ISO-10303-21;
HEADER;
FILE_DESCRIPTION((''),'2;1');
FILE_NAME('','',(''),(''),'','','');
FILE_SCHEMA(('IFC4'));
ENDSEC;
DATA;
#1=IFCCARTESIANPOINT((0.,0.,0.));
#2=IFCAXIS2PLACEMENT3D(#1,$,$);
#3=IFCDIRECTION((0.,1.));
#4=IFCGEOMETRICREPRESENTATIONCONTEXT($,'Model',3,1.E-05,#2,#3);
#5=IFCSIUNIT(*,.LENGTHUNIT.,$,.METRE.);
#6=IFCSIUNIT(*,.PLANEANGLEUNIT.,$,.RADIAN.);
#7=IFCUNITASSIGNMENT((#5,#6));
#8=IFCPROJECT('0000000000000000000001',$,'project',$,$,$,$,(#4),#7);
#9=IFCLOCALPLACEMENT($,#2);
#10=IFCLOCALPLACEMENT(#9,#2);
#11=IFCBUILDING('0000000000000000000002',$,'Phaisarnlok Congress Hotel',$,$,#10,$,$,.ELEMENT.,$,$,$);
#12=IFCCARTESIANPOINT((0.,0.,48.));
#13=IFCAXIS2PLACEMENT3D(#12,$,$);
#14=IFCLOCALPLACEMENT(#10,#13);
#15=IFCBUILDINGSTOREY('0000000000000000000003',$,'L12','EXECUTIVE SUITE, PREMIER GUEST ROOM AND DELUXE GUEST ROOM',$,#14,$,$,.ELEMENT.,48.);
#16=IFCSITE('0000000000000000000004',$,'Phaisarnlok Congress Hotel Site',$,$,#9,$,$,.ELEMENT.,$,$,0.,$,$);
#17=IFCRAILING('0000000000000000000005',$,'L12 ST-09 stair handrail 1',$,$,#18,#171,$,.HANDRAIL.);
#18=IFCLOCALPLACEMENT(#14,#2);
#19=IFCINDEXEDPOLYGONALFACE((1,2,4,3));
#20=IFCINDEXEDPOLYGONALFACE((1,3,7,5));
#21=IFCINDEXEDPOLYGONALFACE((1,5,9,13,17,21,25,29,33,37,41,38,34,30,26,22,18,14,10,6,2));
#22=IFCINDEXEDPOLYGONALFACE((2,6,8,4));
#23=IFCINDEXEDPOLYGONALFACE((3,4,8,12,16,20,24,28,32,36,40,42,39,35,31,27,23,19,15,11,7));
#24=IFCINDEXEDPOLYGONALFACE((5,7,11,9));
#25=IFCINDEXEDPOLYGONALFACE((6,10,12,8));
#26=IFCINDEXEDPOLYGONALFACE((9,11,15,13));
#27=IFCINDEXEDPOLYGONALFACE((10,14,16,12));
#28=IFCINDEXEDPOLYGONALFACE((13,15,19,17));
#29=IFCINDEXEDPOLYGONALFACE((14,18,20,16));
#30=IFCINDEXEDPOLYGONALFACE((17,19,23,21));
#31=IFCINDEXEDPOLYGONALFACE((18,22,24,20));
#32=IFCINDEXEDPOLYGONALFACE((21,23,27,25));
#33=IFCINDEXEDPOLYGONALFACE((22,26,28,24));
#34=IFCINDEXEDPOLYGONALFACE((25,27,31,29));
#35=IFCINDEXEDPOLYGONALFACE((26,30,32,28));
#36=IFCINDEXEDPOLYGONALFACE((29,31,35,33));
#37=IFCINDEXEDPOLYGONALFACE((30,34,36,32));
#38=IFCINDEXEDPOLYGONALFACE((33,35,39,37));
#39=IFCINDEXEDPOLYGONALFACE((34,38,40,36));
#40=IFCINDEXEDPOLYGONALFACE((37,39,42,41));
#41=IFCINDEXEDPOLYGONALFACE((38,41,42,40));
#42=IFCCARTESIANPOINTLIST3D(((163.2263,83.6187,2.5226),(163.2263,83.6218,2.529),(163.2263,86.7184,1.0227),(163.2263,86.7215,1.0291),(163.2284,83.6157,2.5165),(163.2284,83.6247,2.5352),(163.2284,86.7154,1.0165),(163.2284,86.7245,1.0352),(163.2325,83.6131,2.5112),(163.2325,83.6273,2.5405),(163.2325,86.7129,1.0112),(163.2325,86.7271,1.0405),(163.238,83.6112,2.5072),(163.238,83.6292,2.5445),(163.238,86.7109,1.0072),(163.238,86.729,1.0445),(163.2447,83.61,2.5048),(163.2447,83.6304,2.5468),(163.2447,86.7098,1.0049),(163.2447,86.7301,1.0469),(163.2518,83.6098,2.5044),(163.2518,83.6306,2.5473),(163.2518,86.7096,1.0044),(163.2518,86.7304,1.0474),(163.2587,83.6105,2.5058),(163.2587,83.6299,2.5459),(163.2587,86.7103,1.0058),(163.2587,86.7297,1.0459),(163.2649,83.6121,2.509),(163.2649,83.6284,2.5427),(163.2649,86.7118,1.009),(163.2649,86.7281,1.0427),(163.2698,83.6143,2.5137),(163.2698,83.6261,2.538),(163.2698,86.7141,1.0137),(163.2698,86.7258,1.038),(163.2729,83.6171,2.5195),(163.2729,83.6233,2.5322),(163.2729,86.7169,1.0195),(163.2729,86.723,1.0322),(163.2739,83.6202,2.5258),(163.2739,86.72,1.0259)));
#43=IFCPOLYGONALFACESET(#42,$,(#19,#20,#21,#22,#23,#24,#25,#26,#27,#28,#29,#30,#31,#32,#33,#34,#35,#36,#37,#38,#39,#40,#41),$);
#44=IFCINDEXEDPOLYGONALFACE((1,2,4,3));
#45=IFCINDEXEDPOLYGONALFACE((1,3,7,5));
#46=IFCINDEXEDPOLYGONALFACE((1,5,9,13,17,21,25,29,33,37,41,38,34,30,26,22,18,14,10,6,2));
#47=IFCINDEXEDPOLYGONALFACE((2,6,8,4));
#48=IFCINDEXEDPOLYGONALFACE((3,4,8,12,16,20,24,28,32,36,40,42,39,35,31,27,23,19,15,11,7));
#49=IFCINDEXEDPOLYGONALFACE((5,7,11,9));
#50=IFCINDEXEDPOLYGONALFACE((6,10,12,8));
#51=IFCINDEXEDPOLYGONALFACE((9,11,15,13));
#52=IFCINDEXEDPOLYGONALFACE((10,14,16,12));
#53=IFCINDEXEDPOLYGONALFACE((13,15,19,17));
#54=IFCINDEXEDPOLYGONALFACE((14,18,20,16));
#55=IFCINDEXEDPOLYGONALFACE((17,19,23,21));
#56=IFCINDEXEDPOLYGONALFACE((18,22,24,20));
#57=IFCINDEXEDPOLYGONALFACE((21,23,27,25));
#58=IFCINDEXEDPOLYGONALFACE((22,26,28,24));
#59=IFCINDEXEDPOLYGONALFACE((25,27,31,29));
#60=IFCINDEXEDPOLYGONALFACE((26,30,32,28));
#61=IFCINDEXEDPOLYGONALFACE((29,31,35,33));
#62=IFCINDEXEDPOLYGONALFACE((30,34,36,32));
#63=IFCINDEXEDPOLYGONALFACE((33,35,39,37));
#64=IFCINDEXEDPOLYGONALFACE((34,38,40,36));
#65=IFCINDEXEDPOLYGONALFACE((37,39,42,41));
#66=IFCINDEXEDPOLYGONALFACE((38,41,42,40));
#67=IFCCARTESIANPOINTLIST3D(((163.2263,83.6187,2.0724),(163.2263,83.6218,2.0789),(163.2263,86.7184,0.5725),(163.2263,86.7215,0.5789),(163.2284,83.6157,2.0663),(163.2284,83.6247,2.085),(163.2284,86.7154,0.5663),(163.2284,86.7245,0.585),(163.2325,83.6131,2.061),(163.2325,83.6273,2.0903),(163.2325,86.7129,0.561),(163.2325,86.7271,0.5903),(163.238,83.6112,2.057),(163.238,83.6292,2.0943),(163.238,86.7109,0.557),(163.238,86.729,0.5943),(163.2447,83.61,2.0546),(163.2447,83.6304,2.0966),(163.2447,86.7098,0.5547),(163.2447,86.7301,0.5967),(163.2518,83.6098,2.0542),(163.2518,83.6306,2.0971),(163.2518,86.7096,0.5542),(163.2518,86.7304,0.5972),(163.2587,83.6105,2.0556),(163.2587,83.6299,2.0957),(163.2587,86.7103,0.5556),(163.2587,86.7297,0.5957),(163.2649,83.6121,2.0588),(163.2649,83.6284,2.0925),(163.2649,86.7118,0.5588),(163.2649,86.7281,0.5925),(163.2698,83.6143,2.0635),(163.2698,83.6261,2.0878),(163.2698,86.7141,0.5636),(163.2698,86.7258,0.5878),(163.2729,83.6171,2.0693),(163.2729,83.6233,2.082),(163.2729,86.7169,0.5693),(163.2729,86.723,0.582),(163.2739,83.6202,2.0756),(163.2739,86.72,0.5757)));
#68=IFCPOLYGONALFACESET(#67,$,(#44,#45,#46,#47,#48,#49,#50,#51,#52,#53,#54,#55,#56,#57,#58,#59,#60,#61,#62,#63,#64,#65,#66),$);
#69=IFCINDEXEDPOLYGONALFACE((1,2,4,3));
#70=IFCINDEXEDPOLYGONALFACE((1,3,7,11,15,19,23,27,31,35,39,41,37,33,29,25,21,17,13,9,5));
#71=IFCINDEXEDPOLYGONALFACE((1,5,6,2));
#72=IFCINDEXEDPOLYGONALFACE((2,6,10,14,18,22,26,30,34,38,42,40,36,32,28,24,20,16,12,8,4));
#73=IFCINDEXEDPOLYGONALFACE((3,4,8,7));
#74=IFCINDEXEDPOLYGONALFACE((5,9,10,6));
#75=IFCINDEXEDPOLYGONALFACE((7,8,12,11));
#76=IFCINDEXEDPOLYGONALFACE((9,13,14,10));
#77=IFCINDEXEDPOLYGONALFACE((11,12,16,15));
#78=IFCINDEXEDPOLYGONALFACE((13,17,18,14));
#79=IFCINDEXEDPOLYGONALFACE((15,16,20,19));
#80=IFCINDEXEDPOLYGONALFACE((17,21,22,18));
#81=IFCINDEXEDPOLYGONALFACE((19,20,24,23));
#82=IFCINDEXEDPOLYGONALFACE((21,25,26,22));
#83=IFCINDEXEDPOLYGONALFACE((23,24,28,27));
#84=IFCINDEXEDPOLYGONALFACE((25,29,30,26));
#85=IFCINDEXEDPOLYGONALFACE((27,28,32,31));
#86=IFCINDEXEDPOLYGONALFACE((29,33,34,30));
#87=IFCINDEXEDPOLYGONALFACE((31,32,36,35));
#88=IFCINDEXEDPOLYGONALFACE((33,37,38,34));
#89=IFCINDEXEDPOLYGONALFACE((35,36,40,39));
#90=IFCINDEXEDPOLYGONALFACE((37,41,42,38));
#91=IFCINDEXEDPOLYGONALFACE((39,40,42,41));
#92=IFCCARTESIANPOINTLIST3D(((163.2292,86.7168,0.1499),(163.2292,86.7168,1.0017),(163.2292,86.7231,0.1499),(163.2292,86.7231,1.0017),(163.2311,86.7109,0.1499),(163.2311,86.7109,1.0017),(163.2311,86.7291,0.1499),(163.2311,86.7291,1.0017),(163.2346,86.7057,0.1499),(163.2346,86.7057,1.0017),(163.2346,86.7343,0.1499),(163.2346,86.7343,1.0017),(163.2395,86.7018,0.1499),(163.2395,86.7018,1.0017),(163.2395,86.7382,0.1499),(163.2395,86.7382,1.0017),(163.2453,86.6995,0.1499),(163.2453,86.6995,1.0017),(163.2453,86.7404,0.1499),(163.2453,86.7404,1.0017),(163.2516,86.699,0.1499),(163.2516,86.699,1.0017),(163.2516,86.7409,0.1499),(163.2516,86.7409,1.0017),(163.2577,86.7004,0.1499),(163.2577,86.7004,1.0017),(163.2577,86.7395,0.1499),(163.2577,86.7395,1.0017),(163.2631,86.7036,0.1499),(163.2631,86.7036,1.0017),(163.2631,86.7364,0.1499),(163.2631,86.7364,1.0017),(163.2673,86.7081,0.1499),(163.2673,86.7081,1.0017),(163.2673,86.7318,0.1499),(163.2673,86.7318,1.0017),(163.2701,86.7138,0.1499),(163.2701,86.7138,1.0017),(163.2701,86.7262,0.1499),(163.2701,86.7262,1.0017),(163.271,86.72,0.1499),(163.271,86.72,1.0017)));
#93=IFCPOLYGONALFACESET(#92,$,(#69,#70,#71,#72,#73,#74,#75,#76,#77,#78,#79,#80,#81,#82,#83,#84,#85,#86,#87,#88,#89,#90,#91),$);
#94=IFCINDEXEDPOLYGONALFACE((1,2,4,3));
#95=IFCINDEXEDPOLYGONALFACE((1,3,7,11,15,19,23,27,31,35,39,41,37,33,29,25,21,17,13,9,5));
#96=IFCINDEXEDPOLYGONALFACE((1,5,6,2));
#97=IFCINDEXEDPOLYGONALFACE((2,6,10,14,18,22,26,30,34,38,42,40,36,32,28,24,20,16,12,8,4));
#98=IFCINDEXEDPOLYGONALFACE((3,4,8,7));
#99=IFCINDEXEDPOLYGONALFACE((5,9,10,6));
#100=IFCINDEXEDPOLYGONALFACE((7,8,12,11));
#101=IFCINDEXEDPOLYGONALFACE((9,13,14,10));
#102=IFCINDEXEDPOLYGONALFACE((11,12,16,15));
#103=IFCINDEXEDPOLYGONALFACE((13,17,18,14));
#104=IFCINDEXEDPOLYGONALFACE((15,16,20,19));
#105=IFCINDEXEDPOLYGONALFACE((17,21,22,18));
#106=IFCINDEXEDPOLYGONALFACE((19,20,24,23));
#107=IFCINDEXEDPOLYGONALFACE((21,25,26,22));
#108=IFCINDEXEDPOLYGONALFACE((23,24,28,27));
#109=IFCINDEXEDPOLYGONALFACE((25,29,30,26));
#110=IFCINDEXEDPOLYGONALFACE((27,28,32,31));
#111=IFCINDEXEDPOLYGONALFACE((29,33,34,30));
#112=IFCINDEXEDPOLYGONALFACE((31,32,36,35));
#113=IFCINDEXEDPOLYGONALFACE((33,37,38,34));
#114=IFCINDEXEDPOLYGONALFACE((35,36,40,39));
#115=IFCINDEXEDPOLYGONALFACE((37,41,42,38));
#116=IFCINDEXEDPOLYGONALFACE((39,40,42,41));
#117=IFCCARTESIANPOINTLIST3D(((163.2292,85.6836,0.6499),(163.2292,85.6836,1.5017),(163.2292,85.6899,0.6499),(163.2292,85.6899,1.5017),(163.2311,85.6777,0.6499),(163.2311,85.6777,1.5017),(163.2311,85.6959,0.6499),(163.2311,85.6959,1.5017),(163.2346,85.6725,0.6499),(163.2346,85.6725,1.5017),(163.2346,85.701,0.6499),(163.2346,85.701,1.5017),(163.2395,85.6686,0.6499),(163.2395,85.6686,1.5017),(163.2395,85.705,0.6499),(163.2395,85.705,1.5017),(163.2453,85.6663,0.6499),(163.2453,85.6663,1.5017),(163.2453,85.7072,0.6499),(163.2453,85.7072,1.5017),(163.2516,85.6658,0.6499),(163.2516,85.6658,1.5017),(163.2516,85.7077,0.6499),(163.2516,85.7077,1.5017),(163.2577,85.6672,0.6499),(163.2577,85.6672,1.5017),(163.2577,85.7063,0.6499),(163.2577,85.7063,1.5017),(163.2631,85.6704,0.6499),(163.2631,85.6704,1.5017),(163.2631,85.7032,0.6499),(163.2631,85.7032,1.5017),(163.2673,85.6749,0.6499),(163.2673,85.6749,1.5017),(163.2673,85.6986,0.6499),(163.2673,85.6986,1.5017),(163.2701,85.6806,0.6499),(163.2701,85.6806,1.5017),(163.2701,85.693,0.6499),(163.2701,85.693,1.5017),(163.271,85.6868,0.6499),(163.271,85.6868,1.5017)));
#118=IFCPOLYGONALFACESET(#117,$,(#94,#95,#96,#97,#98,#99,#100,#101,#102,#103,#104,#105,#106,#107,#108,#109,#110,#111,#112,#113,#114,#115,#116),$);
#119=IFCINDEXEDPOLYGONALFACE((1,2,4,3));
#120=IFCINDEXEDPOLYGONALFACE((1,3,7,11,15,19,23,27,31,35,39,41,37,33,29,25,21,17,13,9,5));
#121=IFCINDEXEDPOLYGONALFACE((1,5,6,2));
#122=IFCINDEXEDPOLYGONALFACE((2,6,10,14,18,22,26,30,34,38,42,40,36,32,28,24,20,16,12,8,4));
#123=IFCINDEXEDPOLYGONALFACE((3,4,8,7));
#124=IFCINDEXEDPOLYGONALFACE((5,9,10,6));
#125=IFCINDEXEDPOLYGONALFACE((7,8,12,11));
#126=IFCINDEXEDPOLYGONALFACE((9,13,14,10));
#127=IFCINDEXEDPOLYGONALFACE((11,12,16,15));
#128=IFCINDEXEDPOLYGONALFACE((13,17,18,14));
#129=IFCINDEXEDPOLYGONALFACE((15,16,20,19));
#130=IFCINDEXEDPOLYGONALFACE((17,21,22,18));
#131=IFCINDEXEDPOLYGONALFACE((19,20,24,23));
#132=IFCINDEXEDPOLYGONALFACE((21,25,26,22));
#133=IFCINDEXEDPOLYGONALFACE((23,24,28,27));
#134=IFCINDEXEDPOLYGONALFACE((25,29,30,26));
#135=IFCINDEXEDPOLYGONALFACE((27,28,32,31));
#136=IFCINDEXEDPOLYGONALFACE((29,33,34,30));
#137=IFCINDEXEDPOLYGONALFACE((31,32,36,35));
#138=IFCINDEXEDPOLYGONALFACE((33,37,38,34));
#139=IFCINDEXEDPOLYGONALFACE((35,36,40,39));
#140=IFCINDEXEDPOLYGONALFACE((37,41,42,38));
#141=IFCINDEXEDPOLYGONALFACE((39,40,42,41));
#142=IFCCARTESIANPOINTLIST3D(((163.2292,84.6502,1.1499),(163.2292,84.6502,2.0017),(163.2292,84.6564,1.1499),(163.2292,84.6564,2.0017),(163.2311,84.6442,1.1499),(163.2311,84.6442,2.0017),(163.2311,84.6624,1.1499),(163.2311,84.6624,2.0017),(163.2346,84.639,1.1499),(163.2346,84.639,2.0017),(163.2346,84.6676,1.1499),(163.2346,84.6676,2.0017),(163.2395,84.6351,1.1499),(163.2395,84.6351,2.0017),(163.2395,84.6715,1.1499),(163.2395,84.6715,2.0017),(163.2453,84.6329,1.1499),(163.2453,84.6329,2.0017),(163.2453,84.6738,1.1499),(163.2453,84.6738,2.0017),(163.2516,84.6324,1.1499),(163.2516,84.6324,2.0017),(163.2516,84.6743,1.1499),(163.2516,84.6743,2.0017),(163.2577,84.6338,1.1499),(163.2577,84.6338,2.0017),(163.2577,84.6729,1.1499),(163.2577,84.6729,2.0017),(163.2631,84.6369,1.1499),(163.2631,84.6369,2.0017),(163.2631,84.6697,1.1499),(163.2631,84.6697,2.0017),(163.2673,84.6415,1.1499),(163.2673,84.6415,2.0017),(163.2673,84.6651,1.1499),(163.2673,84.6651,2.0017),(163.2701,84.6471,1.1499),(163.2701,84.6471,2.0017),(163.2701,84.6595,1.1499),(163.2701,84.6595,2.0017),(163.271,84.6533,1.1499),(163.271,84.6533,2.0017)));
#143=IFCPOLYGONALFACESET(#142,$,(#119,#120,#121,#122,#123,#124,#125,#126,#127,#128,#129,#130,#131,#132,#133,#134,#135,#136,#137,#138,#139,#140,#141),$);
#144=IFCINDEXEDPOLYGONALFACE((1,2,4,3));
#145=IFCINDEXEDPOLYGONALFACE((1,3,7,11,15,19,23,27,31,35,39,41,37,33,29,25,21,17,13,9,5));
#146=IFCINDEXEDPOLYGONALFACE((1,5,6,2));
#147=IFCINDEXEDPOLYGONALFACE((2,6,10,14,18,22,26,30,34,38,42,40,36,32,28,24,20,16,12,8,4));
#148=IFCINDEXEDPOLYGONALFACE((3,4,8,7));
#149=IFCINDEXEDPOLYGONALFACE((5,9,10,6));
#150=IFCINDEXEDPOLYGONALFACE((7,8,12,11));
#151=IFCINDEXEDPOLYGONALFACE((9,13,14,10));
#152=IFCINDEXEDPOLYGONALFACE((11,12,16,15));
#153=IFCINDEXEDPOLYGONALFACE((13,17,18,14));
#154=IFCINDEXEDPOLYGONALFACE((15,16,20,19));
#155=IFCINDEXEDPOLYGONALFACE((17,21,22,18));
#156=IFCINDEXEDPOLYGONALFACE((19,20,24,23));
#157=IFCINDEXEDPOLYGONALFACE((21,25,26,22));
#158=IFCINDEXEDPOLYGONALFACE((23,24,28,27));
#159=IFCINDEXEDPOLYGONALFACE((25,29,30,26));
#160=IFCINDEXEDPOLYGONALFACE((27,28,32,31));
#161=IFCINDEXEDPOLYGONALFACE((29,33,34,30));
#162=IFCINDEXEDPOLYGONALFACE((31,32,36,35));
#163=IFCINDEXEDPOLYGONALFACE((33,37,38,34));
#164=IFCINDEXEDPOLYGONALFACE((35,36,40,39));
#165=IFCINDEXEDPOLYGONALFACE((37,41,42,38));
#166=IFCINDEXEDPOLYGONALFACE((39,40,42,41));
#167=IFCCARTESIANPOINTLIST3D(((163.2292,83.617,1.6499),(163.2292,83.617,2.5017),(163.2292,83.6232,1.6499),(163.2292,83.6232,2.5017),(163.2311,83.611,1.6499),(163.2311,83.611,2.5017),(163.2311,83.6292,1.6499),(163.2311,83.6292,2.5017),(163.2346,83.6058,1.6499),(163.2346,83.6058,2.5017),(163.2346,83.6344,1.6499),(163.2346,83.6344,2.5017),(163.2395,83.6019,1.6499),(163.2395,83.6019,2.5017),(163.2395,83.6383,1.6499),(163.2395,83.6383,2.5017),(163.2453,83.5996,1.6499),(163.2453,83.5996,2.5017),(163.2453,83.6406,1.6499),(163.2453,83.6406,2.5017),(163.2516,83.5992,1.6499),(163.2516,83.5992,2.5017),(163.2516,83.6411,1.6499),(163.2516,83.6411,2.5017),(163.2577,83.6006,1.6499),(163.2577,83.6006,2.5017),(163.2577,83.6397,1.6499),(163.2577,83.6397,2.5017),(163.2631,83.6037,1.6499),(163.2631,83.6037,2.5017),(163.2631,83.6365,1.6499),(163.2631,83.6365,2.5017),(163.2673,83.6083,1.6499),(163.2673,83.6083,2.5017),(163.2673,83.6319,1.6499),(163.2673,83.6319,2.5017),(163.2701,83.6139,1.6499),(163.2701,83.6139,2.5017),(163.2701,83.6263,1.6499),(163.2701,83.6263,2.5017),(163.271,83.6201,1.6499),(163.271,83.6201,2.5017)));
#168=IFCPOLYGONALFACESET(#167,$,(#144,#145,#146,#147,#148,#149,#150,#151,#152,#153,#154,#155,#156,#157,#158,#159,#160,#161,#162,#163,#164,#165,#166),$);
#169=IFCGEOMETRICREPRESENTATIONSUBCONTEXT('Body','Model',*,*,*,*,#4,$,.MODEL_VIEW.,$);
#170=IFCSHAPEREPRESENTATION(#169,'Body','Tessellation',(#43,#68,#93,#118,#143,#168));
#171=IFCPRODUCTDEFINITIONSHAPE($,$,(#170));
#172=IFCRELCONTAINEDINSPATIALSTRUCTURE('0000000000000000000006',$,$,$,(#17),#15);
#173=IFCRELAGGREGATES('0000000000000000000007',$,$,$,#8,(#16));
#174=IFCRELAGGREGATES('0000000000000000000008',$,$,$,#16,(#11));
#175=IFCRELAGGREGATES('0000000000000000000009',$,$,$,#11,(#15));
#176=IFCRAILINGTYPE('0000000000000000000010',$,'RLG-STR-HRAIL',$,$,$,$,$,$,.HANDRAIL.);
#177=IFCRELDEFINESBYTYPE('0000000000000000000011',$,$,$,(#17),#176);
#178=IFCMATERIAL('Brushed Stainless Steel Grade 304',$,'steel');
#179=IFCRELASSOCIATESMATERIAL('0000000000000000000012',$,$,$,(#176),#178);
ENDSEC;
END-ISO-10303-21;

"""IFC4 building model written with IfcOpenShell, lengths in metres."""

from ifc_helpers import new_model, si_unit, direction, frame, origin, origin_2d, place, context, subcontext, project, spatial, circle, extrude, material, type_object, element, save


model = new_model("IFC4")

# Units and contexts
model_context = context("Model", 3, precision=1e-05, world=origin(), true_north=direction((0.0, 1.0)))
body_context = subcontext(model_context, "Body", "Model", "MODEL_VIEW")
ifc_project = project(units=[si_unit("LENGTHUNIT", "METRE"), si_unit("PLANEANGLEUNIT", "RADIAN")], contexts=[model_context])

# Site, building, storey
site_placement = place(None, origin())
site = spatial("IfcSite", under=ifc_project, at=site_placement, Name="Phaisarnlok Congress Hotel Site", CompositionType="ELEMENT", RefElevation=0.0)
building_placement = place(site_placement, origin())
building = spatial("IfcBuilding", under=site, at=building_placement, Name="Phaisarnlok Congress Hotel", CompositionType="ELEMENT")
storey_placement = place(building_placement, frame((0.0, 0.0, 48.0)))
storey = spatial("IfcBuildingStorey", under=building, at=storey_placement, Name="L12", Description="EXECUTIVE SUITE, PREMIER GUEST ROOM AND DELUXE GUEST ROOM", CompositionType="ELEMENT", Elevation=48.0)

# Shared definitions
ifc_material_1 = material(Name="Brushed Stainless Steel Grade 304", Category="steel")

# Railing
railing_type_1 = type_object("IfcRailingType", Name="RLG-STR-HRAIL", PredefinedType="HANDRAIL", material=ifc_material_1)
railing_1_placement = place(storey_placement, frame((163.25, 86.72, 0.1499)))
element("IfcRailing", 1, at=railing_1_placement, inside=storey, type_object=railing_type_1, Name="L12 ST-09 stair handrail 1", PredefinedType="HANDRAIL", context=body_context, shape_type="SweptSolid", body=[
    extrude(circle(Radius=0.0239, at=origin_2d()), frame((0.0, 0.0, 0.876), z_axis=(0.0, -0.900151, 0.435578), x_axis=(1.0, 0.0, 0.0)), (0.0, 0.0, 1.0), 3.4436),
    extrude(circle(Radius=0.0239, at=origin_2d()), frame((0.0, 0.0, 0.4258), z_axis=(0.0, -0.900151, 0.435578), x_axis=(1.0, 0.0, 0.0)), (0.0, 0.0, 1.0), 3.4436),
    extrude(circle(Radius=0.021, at=origin_2d()), origin(), (0.0, 0.0, 1.0), 0.8518),
    extrude(circle(Radius=0.021, at=origin_2d()), frame((0.0, -1.0332, 0.5)), (0.0, 0.0, 1.0), 0.8518),
    extrude(circle(Radius=0.021, at=origin_2d()), frame((0.0, -2.0667, 1.0)), (0.0, 0.0, 1.0), 0.8518),
    extrude(circle(Radius=0.021, at=origin_2d()), frame((0.0, -3.0999, 1.5)), (0.0, 0.0, 1.0), 0.8518),
])

save(model, "model.ifc")
